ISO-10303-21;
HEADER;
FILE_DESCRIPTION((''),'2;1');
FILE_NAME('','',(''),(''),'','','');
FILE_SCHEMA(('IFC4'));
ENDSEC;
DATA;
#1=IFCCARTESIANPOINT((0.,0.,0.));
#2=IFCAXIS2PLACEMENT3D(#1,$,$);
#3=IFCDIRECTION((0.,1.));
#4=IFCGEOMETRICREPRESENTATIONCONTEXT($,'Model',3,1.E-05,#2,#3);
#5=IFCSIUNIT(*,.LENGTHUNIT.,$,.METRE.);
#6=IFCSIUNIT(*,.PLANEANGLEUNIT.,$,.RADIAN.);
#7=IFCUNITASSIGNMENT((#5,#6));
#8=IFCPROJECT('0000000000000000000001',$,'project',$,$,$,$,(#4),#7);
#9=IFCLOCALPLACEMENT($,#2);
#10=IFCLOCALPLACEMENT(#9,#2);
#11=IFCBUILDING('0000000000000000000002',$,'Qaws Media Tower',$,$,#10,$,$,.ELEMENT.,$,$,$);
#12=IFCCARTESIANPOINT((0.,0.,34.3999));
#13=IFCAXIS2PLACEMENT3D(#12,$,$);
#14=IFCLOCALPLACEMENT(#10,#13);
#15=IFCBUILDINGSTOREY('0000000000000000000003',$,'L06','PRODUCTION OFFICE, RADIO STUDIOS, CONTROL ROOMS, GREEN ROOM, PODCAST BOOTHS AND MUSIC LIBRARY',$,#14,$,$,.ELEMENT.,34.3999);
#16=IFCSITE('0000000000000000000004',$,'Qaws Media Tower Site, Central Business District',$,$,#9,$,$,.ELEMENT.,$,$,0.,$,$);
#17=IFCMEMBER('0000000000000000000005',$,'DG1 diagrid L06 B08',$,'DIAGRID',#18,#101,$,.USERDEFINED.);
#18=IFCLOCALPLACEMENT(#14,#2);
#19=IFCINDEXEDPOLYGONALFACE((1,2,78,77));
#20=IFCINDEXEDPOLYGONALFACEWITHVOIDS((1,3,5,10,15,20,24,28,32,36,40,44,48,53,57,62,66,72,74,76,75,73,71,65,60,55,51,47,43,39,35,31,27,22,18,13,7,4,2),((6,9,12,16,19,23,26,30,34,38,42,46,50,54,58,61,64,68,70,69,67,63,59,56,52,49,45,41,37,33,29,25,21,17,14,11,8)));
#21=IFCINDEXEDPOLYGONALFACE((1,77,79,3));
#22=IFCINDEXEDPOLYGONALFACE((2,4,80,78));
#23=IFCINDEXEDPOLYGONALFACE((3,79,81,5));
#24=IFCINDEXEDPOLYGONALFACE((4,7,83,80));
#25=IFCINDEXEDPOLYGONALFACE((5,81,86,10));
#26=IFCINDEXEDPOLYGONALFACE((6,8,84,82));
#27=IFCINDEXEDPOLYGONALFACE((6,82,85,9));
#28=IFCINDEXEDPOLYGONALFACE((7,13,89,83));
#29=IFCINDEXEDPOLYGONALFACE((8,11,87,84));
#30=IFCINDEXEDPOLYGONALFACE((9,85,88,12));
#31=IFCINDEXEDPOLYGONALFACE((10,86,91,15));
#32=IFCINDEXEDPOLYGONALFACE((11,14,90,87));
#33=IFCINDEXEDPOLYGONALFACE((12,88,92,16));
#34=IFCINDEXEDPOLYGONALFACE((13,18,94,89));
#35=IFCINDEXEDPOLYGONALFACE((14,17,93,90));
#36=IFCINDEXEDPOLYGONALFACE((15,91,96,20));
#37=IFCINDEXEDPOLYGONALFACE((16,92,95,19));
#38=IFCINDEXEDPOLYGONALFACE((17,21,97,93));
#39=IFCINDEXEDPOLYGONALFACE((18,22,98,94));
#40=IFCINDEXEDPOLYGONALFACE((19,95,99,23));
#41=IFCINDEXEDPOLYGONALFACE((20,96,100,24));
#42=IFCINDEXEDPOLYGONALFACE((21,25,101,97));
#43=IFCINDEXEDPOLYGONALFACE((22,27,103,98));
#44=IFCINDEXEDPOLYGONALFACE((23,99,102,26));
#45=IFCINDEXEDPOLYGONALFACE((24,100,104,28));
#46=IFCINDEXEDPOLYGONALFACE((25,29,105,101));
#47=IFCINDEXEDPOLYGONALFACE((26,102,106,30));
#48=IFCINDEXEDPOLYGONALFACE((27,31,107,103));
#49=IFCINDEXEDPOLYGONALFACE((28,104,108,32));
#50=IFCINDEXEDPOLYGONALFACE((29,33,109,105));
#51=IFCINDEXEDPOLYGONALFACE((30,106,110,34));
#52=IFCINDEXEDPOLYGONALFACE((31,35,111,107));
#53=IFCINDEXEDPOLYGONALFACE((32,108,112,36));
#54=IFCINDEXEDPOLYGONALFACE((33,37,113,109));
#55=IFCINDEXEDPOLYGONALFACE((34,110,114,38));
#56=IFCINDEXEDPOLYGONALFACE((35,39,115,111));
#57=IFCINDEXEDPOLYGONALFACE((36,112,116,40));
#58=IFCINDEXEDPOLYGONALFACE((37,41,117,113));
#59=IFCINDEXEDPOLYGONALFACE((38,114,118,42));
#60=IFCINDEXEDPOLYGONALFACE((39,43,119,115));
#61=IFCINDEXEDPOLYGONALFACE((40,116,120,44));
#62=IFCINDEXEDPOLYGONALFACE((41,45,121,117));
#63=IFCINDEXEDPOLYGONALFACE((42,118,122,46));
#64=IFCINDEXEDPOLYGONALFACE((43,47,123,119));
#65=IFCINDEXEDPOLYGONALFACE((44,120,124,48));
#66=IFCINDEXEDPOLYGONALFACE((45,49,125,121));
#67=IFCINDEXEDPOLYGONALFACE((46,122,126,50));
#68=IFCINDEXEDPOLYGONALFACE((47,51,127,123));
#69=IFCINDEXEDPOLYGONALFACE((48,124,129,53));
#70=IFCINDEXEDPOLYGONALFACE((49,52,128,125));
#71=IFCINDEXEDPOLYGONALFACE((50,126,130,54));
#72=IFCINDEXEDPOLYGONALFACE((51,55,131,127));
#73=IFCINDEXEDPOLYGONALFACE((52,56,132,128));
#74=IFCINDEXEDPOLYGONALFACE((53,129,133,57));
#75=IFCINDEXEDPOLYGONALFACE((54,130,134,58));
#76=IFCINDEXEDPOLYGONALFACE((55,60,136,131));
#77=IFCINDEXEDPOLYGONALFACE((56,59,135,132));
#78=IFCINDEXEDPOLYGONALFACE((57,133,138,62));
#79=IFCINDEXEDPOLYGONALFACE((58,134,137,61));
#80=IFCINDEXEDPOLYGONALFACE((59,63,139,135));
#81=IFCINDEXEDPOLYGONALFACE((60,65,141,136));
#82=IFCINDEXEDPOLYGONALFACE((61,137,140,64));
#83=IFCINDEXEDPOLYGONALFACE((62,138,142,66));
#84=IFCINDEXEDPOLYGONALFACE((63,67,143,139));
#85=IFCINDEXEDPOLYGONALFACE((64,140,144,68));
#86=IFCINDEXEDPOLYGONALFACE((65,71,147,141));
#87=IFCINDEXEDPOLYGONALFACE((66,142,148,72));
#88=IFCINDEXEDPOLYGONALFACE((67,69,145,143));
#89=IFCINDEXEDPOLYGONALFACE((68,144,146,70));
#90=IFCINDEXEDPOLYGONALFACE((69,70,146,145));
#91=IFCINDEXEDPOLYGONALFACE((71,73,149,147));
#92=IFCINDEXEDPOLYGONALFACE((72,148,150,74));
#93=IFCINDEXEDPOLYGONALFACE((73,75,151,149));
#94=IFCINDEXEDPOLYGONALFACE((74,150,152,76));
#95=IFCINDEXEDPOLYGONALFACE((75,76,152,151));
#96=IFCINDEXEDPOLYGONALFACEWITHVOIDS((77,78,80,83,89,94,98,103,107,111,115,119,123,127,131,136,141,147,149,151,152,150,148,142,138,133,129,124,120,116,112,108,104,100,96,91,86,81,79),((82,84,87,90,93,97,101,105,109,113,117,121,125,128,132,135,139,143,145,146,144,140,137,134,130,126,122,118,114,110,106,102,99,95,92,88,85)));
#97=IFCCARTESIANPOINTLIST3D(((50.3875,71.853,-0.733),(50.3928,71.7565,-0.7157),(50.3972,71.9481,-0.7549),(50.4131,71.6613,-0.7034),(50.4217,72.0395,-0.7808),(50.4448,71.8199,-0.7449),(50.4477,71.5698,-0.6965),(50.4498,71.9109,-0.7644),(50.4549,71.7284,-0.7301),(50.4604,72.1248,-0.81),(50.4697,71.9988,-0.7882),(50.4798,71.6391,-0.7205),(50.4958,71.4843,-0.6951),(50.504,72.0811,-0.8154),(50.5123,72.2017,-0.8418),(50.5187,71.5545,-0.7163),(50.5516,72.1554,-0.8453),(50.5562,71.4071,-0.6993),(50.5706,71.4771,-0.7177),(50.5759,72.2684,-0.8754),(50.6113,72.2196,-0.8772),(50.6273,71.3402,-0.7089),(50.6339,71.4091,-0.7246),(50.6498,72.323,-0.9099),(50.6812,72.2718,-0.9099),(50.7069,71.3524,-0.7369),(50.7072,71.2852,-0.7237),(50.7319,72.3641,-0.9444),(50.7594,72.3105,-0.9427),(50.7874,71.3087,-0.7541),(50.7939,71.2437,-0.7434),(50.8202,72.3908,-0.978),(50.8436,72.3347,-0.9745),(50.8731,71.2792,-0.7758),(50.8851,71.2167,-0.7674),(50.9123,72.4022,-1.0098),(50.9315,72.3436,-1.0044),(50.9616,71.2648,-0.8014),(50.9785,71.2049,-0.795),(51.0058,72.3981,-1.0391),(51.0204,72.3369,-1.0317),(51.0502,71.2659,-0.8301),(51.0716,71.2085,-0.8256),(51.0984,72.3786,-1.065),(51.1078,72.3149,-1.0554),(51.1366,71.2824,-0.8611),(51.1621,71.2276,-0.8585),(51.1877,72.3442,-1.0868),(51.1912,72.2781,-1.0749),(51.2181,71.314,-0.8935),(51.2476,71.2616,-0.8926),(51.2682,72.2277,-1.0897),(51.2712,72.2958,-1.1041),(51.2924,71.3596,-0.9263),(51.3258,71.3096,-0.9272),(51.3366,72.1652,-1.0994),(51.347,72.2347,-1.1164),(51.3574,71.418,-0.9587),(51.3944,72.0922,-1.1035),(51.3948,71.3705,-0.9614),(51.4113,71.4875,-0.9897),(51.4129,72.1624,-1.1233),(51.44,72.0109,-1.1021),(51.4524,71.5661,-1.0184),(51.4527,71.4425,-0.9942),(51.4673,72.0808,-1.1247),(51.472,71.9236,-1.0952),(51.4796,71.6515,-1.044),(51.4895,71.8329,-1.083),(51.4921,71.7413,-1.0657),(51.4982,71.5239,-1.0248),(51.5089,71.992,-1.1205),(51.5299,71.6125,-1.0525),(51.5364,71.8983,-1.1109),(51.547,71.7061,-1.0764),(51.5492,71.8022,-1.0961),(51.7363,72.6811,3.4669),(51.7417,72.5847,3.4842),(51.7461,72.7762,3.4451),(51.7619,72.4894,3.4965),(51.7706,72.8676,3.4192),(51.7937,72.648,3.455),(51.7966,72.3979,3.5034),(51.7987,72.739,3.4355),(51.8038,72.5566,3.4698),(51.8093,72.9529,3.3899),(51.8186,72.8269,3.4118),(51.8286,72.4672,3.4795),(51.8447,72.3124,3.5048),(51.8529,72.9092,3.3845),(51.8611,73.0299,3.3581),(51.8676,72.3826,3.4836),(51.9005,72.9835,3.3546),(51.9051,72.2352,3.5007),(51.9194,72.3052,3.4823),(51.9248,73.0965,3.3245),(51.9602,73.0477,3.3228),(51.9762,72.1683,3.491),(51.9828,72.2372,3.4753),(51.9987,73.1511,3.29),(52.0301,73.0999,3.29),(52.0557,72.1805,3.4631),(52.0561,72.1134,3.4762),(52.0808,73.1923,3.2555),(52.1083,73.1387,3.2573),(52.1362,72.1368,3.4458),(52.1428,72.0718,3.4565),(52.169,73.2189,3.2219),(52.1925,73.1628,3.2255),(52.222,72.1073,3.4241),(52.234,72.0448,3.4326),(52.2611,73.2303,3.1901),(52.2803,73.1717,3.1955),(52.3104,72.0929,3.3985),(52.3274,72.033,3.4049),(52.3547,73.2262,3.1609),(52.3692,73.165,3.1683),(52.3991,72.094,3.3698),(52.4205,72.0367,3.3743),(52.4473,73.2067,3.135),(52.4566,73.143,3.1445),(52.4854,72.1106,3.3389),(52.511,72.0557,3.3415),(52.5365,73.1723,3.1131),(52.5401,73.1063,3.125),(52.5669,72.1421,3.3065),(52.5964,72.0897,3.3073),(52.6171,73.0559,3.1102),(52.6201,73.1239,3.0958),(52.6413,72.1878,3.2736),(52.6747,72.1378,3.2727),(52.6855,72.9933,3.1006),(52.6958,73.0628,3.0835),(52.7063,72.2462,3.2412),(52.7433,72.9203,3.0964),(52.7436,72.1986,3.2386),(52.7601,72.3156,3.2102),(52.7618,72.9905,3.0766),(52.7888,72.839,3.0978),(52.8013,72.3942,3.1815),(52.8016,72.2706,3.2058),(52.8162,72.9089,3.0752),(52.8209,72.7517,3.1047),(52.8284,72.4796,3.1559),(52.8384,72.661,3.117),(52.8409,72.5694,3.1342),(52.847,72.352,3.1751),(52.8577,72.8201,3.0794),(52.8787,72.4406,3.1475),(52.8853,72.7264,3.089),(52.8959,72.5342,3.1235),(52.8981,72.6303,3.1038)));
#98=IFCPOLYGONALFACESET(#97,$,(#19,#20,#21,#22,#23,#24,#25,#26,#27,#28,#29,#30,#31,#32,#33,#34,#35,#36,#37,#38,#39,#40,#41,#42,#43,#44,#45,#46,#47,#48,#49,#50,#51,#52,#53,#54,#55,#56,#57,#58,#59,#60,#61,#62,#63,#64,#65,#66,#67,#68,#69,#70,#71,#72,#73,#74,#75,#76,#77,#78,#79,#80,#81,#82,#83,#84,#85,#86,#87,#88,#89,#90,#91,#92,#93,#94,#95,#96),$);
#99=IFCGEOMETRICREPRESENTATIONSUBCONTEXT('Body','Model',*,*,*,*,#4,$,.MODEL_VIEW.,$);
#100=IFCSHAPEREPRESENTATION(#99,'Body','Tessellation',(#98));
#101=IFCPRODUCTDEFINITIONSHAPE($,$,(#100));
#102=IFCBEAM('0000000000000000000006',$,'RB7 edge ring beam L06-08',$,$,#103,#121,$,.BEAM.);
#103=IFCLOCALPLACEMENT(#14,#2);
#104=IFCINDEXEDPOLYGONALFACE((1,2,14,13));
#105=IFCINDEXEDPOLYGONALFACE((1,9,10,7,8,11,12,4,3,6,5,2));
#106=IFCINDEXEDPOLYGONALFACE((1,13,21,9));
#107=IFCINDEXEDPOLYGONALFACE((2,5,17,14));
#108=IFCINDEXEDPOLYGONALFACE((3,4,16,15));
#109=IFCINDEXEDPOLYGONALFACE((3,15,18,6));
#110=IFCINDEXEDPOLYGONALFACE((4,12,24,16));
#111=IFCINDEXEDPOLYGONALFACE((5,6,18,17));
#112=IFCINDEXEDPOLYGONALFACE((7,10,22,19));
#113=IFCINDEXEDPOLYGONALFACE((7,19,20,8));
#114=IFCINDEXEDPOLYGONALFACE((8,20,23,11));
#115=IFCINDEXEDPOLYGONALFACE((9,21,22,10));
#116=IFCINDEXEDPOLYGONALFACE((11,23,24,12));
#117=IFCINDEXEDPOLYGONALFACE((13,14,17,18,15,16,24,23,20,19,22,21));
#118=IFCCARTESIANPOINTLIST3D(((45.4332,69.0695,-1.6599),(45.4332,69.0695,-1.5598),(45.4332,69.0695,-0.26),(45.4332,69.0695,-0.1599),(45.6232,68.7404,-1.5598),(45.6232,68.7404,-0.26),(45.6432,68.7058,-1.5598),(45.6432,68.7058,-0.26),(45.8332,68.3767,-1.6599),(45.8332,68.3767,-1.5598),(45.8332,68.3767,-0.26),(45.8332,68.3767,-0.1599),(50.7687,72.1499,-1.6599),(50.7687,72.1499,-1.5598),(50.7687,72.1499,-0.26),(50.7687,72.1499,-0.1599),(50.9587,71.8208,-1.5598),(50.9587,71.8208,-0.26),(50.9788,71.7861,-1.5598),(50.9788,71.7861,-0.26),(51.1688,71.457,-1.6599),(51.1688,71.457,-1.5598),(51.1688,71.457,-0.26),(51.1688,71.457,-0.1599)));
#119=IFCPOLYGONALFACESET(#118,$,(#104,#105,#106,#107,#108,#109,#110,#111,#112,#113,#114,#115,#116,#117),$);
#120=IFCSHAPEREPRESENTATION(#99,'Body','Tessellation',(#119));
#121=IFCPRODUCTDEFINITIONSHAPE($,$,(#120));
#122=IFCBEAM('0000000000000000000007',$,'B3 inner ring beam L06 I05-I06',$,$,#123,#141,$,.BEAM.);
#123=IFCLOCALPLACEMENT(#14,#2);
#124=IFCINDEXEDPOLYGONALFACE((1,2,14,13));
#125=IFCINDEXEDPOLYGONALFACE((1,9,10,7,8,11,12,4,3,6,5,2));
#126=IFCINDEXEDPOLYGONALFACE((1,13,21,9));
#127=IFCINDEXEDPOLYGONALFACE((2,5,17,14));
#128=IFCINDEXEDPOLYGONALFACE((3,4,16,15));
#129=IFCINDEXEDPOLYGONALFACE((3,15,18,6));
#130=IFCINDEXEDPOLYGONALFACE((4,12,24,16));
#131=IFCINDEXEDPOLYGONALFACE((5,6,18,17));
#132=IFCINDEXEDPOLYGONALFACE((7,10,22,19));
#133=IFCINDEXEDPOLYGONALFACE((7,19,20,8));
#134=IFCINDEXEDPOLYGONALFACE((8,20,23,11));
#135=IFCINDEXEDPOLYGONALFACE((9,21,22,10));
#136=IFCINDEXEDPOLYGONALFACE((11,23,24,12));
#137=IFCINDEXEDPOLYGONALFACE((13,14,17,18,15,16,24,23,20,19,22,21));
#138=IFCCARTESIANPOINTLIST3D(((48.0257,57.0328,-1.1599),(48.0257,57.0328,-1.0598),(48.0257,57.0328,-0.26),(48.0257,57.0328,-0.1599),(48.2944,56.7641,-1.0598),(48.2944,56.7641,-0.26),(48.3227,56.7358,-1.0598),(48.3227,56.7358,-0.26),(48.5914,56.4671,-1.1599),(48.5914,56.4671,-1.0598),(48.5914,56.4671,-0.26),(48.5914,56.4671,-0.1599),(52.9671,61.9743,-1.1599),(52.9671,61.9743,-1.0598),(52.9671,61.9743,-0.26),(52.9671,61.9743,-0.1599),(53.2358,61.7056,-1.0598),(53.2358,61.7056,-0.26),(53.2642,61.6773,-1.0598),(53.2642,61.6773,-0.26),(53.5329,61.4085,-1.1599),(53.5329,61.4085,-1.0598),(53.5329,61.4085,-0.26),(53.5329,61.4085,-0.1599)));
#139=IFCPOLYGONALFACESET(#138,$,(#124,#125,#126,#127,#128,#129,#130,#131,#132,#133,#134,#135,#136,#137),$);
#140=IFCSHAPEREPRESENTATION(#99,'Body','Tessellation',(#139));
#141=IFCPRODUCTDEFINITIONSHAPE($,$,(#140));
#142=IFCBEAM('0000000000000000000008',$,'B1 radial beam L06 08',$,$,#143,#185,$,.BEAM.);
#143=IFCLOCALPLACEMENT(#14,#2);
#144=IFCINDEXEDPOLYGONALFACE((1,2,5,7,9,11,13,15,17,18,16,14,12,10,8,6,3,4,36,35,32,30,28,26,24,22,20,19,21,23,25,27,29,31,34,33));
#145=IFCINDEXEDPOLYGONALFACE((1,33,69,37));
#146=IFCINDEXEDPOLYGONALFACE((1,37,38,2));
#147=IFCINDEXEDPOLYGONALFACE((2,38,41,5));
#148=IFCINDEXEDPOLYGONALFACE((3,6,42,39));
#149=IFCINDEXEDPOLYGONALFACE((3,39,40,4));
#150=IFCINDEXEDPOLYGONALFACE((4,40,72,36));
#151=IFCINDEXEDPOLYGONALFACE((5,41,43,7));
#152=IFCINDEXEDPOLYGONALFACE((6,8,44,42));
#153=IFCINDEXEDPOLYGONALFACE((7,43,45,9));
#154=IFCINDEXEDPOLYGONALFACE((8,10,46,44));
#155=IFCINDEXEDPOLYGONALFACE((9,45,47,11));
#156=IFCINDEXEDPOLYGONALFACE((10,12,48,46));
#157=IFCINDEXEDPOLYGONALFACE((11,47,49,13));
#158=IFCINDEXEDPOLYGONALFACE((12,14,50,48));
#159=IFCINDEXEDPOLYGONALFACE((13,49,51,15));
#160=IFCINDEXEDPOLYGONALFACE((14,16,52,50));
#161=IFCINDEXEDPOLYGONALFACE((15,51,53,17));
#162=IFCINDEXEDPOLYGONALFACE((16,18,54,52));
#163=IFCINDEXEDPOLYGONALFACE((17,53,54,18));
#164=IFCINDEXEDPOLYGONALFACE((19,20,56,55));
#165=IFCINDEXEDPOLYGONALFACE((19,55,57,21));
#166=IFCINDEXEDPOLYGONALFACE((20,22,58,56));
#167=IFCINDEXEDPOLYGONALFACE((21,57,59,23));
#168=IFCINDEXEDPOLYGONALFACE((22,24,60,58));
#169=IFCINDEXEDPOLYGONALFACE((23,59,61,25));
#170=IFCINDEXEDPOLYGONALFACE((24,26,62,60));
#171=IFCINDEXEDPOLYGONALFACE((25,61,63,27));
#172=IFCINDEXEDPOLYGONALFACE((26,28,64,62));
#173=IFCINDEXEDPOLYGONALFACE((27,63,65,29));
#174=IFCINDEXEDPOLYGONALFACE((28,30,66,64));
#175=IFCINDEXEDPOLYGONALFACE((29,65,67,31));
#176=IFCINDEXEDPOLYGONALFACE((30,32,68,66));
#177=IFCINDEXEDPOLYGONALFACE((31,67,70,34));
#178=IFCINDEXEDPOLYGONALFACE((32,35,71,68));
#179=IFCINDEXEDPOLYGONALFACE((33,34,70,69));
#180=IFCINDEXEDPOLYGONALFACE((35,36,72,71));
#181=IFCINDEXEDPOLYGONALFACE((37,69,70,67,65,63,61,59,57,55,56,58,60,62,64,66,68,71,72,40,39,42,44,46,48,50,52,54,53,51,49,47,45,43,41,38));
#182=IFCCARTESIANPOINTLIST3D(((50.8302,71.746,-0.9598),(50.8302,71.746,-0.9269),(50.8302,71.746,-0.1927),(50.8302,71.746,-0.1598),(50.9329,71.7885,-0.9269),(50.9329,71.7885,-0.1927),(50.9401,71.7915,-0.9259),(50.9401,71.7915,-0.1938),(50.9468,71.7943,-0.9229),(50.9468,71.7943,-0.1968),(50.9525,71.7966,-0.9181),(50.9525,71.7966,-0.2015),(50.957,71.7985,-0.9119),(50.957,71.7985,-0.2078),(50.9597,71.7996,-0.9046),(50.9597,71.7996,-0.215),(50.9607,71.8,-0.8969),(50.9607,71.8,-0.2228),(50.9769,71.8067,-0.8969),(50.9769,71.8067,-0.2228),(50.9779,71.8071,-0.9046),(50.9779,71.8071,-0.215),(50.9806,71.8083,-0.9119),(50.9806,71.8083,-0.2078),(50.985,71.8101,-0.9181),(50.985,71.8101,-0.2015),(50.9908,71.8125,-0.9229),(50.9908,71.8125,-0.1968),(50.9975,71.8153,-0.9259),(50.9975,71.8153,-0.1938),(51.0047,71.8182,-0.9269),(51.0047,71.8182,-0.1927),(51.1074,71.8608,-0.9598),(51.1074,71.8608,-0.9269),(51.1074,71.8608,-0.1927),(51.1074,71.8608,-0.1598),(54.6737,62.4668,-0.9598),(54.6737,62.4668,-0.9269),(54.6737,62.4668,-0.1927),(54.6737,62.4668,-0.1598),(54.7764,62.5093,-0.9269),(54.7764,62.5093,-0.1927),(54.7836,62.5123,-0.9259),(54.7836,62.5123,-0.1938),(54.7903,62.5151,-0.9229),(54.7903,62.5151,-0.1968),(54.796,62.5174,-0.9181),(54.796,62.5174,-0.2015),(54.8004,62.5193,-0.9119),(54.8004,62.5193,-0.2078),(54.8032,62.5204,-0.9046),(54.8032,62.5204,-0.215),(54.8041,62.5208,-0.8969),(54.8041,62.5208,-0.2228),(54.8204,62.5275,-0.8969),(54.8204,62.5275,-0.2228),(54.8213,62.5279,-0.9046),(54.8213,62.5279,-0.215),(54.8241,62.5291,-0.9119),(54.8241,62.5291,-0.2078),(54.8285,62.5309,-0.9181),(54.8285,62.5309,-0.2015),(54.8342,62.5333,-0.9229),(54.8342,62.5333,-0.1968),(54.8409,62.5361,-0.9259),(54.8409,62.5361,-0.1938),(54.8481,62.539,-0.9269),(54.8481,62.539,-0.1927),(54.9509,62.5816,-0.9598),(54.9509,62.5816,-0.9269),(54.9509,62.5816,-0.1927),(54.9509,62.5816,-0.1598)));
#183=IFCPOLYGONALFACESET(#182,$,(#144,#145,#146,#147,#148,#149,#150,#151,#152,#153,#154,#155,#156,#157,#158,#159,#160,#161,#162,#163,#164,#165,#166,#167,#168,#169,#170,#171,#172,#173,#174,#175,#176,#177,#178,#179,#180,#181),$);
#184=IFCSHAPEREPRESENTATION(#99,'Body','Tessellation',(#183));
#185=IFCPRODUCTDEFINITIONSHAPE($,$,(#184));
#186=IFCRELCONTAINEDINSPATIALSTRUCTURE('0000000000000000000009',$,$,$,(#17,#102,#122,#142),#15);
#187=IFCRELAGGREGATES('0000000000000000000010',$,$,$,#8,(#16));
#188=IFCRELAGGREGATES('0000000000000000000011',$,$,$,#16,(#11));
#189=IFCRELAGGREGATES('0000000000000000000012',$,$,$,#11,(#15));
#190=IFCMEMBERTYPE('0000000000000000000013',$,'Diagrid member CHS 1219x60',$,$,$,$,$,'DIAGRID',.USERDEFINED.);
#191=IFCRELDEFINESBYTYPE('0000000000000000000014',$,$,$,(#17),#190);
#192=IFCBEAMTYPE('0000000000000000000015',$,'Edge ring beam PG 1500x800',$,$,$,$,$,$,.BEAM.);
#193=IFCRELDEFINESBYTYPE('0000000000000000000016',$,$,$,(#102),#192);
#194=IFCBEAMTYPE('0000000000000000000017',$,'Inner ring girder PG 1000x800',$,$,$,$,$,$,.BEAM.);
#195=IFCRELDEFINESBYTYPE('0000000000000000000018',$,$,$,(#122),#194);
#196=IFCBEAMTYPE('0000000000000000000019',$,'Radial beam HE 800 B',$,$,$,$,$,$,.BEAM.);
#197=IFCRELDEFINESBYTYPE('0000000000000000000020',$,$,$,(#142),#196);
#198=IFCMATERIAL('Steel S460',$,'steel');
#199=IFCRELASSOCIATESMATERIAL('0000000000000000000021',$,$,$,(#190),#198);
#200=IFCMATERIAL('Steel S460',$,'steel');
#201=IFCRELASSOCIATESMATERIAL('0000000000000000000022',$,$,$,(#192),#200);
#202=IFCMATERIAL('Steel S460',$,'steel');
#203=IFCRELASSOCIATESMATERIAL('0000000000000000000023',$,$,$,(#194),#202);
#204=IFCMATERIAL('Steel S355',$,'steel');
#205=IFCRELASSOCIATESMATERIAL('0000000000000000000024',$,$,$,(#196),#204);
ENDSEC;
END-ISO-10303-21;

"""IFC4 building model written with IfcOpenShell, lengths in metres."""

from ifc_helpers import new_model, si_unit, direction, frame, origin, origin_2d, place, context, subcontext, project, spatial, hollow_circle, i_section, extrude, material, material_profile, profile_set, type_object, element, save


model = new_model("IFC4")

# Units and contexts
model_context = context("Model", 3, precision=1e-05, world=origin(), true_north=direction((0.0, 1.0)))
body_context = subcontext(model_context, "Body", "Model", "MODEL_VIEW")
ifc_project = project(units=[si_unit("LENGTHUNIT", "METRE"), si_unit("PLANEANGLEUNIT", "RADIAN")], contexts=[model_context])

# Site, building, storey
site_placement = place(None, origin())
site = spatial("IfcSite", under=ifc_project, at=site_placement, Name="Qaws Media Tower Site, Central Business District", CompositionType="ELEMENT", RefElevation=0.0)
building_placement = place(site_placement, origin())
building = spatial("IfcBuilding", under=site, at=building_placement, Name="Qaws Media Tower", CompositionType="ELEMENT")
storey_placement = place(building_placement, frame((0.0, 0.0, 34.3999)))
storey = spatial("IfcBuildingStorey", under=building, at=storey_placement, Name="L06", Description="PRODUCTION OFFICE, RADIO STUDIOS, CONTROL ROOMS, GREEN ROOM, PODCAST BOOTHS AND MUSIC LIBRARY", CompositionType="ELEMENT", Elevation=34.3999)

# Member
ifc_material_1 = material(Name="Steel S460", Category="steel")
ifc_material_profile_1 = material_profile(ifc_material_1, hollow_circle(Radius=0.6096, WallThickness=0.0601, at=origin_2d()), Name="CHS 1219x60")
ifc_profile_set_1 = profile_set([ifc_material_profile_1], Name="Steel S460")
member_type_1 = type_object("IfcMemberType", Name="Diagrid member CHS 1219x60", ElementType="DIAGRID", PredefinedType="USERDEFINED", material=ifc_profile_set_1)
for number, where, z_axis, x_axis, name in (
    (1, (50.9688, 71.8035, -0.9099), (0.300532, 0.184507, 0.935755), (-0.523202, 0.852209, 0.0), "DG1 diagrid L06 B08"),
):
    element("IfcMember", number, at=place(storey_placement, frame(where, z_axis=z_axis, x_axis=x_axis)), inside=storey, type_object=member_type_1, Name=name, ObjectType="DIAGRID", PredefinedType="USERDEFINED", context=body_context, shape_type="SweptSolid", body=[
        extrude(hollow_circle(Radius=0.6096, WallThickness=0.0601, at=origin_2d()), origin(), (0.0, 0.0, 1.0), 4.4883),
    ])

# Beams
ifc_material_2 = material(Name="Steel S460", Category="steel")
ifc_material_profile_2 = material_profile(ifc_material_2, i_section(OverallWidth=0.8, OverallDepth=1.5, WebThickness=0.04, FlangeThickness=0.1001, at=origin_2d()), Name="PG 1500x800")
ifc_profile_set_2 = profile_set([ifc_material_profile_2], Name="Steel S460")
beam_type_1 = type_object("IfcBeamType", Name="Edge ring beam PG 1500x800", PredefinedType="BEAM", material=ifc_profile_set_2)
beam_1_placement = place(storey_placement, frame((50.9688, 71.8035, -0.9099), z_axis=(-0.866032, -0.499988, 0.0), x_axis=(0.499988, -0.866032, 0.0)))
element("IfcBeam", 2, at=beam_1_placement, inside=storey, type_object=beam_type_1, Name="RB7 edge ring beam L06-08", PredefinedType="BEAM", context=body_context, shape_type="SweptSolid", body=[
    extrude(i_section(OverallWidth=0.8, OverallDepth=1.5, WebThickness=0.04, FlangeThickness=0.1001, at=origin_2d()), origin(), (0.0, 0.0, 1.0), 6.1609),
])
ifc_material_3 = material(Name="Steel S460", Category="steel")
ifc_material_profile_3 = material_profile(ifc_material_3, i_section(OverallWidth=0.8, OverallDepth=1.0, WebThickness=0.04, FlangeThickness=0.1001, at=origin_2d()), Name="PG 1000x800")
ifc_profile_set_3 = profile_set([ifc_material_profile_3], Name="Steel S460")
beam_type_2 = type_object("IfcBeamType", Name="Inner ring girder PG 1000x800", PredefinedType="BEAM", material=ifc_profile_set_3)
beam_2_placement = place(storey_placement, frame((53.25, 61.6914, -0.6599), z_axis=(-0.707107, -0.707107, 0.0), x_axis=(0.707107, -0.707107, 0.0)))
element("IfcBeam", 3, at=beam_2_placement, inside=storey, type_object=beam_type_2, Name="B3 inner ring beam L06 I05-I06", PredefinedType="BEAM", context=body_context, shape_type="SweptSolid", body=[
    extrude(i_section(OverallWidth=0.8, OverallDepth=1.0, WebThickness=0.04, FlangeThickness=0.1001, at=origin_2d()), origin(), (0.0, 0.0, 1.0), 6.9883),
])
ifc_material_4 = material(Name="Steel S355", Category="steel")
ifc_material_profile_4 = material_profile(ifc_material_4, i_section(OverallWidth=0.3, OverallDepth=0.8, WebThickness=0.0176, FlangeThickness=0.033, FilletRadius=0.03, at=origin_2d()), Name="HE 800 B")
ifc_profile_set_4 = profile_set([ifc_material_profile_4], Name="Steel S355")
beam_type_3 = type_object("IfcBeamType", Name="Radial beam HE 800 B", PredefinedType="BEAM", material=ifc_profile_set_4)
beam_3_placement = place(storey_placement, frame((54.8123, 62.5242, -0.5598), z_axis=(-0.382675, 0.923883, 0.0), x_axis=(-0.923883, -0.382675, 0.0)))
element("IfcBeam", 4, at=beam_3_placement, inside=storey, type_object=beam_type_3, Name="B1 radial beam L06 08", PredefinedType="BEAM", context=body_context, shape_type="SweptSolid", body=[
    extrude(i_section(OverallWidth=0.3, OverallDepth=0.8, WebThickness=0.0176, FlangeThickness=0.033, FilletRadius=0.03, at=origin_2d()), origin(), (0.0, 0.0, 1.0), 10.0437),
])

save(model, "model.ifc")
